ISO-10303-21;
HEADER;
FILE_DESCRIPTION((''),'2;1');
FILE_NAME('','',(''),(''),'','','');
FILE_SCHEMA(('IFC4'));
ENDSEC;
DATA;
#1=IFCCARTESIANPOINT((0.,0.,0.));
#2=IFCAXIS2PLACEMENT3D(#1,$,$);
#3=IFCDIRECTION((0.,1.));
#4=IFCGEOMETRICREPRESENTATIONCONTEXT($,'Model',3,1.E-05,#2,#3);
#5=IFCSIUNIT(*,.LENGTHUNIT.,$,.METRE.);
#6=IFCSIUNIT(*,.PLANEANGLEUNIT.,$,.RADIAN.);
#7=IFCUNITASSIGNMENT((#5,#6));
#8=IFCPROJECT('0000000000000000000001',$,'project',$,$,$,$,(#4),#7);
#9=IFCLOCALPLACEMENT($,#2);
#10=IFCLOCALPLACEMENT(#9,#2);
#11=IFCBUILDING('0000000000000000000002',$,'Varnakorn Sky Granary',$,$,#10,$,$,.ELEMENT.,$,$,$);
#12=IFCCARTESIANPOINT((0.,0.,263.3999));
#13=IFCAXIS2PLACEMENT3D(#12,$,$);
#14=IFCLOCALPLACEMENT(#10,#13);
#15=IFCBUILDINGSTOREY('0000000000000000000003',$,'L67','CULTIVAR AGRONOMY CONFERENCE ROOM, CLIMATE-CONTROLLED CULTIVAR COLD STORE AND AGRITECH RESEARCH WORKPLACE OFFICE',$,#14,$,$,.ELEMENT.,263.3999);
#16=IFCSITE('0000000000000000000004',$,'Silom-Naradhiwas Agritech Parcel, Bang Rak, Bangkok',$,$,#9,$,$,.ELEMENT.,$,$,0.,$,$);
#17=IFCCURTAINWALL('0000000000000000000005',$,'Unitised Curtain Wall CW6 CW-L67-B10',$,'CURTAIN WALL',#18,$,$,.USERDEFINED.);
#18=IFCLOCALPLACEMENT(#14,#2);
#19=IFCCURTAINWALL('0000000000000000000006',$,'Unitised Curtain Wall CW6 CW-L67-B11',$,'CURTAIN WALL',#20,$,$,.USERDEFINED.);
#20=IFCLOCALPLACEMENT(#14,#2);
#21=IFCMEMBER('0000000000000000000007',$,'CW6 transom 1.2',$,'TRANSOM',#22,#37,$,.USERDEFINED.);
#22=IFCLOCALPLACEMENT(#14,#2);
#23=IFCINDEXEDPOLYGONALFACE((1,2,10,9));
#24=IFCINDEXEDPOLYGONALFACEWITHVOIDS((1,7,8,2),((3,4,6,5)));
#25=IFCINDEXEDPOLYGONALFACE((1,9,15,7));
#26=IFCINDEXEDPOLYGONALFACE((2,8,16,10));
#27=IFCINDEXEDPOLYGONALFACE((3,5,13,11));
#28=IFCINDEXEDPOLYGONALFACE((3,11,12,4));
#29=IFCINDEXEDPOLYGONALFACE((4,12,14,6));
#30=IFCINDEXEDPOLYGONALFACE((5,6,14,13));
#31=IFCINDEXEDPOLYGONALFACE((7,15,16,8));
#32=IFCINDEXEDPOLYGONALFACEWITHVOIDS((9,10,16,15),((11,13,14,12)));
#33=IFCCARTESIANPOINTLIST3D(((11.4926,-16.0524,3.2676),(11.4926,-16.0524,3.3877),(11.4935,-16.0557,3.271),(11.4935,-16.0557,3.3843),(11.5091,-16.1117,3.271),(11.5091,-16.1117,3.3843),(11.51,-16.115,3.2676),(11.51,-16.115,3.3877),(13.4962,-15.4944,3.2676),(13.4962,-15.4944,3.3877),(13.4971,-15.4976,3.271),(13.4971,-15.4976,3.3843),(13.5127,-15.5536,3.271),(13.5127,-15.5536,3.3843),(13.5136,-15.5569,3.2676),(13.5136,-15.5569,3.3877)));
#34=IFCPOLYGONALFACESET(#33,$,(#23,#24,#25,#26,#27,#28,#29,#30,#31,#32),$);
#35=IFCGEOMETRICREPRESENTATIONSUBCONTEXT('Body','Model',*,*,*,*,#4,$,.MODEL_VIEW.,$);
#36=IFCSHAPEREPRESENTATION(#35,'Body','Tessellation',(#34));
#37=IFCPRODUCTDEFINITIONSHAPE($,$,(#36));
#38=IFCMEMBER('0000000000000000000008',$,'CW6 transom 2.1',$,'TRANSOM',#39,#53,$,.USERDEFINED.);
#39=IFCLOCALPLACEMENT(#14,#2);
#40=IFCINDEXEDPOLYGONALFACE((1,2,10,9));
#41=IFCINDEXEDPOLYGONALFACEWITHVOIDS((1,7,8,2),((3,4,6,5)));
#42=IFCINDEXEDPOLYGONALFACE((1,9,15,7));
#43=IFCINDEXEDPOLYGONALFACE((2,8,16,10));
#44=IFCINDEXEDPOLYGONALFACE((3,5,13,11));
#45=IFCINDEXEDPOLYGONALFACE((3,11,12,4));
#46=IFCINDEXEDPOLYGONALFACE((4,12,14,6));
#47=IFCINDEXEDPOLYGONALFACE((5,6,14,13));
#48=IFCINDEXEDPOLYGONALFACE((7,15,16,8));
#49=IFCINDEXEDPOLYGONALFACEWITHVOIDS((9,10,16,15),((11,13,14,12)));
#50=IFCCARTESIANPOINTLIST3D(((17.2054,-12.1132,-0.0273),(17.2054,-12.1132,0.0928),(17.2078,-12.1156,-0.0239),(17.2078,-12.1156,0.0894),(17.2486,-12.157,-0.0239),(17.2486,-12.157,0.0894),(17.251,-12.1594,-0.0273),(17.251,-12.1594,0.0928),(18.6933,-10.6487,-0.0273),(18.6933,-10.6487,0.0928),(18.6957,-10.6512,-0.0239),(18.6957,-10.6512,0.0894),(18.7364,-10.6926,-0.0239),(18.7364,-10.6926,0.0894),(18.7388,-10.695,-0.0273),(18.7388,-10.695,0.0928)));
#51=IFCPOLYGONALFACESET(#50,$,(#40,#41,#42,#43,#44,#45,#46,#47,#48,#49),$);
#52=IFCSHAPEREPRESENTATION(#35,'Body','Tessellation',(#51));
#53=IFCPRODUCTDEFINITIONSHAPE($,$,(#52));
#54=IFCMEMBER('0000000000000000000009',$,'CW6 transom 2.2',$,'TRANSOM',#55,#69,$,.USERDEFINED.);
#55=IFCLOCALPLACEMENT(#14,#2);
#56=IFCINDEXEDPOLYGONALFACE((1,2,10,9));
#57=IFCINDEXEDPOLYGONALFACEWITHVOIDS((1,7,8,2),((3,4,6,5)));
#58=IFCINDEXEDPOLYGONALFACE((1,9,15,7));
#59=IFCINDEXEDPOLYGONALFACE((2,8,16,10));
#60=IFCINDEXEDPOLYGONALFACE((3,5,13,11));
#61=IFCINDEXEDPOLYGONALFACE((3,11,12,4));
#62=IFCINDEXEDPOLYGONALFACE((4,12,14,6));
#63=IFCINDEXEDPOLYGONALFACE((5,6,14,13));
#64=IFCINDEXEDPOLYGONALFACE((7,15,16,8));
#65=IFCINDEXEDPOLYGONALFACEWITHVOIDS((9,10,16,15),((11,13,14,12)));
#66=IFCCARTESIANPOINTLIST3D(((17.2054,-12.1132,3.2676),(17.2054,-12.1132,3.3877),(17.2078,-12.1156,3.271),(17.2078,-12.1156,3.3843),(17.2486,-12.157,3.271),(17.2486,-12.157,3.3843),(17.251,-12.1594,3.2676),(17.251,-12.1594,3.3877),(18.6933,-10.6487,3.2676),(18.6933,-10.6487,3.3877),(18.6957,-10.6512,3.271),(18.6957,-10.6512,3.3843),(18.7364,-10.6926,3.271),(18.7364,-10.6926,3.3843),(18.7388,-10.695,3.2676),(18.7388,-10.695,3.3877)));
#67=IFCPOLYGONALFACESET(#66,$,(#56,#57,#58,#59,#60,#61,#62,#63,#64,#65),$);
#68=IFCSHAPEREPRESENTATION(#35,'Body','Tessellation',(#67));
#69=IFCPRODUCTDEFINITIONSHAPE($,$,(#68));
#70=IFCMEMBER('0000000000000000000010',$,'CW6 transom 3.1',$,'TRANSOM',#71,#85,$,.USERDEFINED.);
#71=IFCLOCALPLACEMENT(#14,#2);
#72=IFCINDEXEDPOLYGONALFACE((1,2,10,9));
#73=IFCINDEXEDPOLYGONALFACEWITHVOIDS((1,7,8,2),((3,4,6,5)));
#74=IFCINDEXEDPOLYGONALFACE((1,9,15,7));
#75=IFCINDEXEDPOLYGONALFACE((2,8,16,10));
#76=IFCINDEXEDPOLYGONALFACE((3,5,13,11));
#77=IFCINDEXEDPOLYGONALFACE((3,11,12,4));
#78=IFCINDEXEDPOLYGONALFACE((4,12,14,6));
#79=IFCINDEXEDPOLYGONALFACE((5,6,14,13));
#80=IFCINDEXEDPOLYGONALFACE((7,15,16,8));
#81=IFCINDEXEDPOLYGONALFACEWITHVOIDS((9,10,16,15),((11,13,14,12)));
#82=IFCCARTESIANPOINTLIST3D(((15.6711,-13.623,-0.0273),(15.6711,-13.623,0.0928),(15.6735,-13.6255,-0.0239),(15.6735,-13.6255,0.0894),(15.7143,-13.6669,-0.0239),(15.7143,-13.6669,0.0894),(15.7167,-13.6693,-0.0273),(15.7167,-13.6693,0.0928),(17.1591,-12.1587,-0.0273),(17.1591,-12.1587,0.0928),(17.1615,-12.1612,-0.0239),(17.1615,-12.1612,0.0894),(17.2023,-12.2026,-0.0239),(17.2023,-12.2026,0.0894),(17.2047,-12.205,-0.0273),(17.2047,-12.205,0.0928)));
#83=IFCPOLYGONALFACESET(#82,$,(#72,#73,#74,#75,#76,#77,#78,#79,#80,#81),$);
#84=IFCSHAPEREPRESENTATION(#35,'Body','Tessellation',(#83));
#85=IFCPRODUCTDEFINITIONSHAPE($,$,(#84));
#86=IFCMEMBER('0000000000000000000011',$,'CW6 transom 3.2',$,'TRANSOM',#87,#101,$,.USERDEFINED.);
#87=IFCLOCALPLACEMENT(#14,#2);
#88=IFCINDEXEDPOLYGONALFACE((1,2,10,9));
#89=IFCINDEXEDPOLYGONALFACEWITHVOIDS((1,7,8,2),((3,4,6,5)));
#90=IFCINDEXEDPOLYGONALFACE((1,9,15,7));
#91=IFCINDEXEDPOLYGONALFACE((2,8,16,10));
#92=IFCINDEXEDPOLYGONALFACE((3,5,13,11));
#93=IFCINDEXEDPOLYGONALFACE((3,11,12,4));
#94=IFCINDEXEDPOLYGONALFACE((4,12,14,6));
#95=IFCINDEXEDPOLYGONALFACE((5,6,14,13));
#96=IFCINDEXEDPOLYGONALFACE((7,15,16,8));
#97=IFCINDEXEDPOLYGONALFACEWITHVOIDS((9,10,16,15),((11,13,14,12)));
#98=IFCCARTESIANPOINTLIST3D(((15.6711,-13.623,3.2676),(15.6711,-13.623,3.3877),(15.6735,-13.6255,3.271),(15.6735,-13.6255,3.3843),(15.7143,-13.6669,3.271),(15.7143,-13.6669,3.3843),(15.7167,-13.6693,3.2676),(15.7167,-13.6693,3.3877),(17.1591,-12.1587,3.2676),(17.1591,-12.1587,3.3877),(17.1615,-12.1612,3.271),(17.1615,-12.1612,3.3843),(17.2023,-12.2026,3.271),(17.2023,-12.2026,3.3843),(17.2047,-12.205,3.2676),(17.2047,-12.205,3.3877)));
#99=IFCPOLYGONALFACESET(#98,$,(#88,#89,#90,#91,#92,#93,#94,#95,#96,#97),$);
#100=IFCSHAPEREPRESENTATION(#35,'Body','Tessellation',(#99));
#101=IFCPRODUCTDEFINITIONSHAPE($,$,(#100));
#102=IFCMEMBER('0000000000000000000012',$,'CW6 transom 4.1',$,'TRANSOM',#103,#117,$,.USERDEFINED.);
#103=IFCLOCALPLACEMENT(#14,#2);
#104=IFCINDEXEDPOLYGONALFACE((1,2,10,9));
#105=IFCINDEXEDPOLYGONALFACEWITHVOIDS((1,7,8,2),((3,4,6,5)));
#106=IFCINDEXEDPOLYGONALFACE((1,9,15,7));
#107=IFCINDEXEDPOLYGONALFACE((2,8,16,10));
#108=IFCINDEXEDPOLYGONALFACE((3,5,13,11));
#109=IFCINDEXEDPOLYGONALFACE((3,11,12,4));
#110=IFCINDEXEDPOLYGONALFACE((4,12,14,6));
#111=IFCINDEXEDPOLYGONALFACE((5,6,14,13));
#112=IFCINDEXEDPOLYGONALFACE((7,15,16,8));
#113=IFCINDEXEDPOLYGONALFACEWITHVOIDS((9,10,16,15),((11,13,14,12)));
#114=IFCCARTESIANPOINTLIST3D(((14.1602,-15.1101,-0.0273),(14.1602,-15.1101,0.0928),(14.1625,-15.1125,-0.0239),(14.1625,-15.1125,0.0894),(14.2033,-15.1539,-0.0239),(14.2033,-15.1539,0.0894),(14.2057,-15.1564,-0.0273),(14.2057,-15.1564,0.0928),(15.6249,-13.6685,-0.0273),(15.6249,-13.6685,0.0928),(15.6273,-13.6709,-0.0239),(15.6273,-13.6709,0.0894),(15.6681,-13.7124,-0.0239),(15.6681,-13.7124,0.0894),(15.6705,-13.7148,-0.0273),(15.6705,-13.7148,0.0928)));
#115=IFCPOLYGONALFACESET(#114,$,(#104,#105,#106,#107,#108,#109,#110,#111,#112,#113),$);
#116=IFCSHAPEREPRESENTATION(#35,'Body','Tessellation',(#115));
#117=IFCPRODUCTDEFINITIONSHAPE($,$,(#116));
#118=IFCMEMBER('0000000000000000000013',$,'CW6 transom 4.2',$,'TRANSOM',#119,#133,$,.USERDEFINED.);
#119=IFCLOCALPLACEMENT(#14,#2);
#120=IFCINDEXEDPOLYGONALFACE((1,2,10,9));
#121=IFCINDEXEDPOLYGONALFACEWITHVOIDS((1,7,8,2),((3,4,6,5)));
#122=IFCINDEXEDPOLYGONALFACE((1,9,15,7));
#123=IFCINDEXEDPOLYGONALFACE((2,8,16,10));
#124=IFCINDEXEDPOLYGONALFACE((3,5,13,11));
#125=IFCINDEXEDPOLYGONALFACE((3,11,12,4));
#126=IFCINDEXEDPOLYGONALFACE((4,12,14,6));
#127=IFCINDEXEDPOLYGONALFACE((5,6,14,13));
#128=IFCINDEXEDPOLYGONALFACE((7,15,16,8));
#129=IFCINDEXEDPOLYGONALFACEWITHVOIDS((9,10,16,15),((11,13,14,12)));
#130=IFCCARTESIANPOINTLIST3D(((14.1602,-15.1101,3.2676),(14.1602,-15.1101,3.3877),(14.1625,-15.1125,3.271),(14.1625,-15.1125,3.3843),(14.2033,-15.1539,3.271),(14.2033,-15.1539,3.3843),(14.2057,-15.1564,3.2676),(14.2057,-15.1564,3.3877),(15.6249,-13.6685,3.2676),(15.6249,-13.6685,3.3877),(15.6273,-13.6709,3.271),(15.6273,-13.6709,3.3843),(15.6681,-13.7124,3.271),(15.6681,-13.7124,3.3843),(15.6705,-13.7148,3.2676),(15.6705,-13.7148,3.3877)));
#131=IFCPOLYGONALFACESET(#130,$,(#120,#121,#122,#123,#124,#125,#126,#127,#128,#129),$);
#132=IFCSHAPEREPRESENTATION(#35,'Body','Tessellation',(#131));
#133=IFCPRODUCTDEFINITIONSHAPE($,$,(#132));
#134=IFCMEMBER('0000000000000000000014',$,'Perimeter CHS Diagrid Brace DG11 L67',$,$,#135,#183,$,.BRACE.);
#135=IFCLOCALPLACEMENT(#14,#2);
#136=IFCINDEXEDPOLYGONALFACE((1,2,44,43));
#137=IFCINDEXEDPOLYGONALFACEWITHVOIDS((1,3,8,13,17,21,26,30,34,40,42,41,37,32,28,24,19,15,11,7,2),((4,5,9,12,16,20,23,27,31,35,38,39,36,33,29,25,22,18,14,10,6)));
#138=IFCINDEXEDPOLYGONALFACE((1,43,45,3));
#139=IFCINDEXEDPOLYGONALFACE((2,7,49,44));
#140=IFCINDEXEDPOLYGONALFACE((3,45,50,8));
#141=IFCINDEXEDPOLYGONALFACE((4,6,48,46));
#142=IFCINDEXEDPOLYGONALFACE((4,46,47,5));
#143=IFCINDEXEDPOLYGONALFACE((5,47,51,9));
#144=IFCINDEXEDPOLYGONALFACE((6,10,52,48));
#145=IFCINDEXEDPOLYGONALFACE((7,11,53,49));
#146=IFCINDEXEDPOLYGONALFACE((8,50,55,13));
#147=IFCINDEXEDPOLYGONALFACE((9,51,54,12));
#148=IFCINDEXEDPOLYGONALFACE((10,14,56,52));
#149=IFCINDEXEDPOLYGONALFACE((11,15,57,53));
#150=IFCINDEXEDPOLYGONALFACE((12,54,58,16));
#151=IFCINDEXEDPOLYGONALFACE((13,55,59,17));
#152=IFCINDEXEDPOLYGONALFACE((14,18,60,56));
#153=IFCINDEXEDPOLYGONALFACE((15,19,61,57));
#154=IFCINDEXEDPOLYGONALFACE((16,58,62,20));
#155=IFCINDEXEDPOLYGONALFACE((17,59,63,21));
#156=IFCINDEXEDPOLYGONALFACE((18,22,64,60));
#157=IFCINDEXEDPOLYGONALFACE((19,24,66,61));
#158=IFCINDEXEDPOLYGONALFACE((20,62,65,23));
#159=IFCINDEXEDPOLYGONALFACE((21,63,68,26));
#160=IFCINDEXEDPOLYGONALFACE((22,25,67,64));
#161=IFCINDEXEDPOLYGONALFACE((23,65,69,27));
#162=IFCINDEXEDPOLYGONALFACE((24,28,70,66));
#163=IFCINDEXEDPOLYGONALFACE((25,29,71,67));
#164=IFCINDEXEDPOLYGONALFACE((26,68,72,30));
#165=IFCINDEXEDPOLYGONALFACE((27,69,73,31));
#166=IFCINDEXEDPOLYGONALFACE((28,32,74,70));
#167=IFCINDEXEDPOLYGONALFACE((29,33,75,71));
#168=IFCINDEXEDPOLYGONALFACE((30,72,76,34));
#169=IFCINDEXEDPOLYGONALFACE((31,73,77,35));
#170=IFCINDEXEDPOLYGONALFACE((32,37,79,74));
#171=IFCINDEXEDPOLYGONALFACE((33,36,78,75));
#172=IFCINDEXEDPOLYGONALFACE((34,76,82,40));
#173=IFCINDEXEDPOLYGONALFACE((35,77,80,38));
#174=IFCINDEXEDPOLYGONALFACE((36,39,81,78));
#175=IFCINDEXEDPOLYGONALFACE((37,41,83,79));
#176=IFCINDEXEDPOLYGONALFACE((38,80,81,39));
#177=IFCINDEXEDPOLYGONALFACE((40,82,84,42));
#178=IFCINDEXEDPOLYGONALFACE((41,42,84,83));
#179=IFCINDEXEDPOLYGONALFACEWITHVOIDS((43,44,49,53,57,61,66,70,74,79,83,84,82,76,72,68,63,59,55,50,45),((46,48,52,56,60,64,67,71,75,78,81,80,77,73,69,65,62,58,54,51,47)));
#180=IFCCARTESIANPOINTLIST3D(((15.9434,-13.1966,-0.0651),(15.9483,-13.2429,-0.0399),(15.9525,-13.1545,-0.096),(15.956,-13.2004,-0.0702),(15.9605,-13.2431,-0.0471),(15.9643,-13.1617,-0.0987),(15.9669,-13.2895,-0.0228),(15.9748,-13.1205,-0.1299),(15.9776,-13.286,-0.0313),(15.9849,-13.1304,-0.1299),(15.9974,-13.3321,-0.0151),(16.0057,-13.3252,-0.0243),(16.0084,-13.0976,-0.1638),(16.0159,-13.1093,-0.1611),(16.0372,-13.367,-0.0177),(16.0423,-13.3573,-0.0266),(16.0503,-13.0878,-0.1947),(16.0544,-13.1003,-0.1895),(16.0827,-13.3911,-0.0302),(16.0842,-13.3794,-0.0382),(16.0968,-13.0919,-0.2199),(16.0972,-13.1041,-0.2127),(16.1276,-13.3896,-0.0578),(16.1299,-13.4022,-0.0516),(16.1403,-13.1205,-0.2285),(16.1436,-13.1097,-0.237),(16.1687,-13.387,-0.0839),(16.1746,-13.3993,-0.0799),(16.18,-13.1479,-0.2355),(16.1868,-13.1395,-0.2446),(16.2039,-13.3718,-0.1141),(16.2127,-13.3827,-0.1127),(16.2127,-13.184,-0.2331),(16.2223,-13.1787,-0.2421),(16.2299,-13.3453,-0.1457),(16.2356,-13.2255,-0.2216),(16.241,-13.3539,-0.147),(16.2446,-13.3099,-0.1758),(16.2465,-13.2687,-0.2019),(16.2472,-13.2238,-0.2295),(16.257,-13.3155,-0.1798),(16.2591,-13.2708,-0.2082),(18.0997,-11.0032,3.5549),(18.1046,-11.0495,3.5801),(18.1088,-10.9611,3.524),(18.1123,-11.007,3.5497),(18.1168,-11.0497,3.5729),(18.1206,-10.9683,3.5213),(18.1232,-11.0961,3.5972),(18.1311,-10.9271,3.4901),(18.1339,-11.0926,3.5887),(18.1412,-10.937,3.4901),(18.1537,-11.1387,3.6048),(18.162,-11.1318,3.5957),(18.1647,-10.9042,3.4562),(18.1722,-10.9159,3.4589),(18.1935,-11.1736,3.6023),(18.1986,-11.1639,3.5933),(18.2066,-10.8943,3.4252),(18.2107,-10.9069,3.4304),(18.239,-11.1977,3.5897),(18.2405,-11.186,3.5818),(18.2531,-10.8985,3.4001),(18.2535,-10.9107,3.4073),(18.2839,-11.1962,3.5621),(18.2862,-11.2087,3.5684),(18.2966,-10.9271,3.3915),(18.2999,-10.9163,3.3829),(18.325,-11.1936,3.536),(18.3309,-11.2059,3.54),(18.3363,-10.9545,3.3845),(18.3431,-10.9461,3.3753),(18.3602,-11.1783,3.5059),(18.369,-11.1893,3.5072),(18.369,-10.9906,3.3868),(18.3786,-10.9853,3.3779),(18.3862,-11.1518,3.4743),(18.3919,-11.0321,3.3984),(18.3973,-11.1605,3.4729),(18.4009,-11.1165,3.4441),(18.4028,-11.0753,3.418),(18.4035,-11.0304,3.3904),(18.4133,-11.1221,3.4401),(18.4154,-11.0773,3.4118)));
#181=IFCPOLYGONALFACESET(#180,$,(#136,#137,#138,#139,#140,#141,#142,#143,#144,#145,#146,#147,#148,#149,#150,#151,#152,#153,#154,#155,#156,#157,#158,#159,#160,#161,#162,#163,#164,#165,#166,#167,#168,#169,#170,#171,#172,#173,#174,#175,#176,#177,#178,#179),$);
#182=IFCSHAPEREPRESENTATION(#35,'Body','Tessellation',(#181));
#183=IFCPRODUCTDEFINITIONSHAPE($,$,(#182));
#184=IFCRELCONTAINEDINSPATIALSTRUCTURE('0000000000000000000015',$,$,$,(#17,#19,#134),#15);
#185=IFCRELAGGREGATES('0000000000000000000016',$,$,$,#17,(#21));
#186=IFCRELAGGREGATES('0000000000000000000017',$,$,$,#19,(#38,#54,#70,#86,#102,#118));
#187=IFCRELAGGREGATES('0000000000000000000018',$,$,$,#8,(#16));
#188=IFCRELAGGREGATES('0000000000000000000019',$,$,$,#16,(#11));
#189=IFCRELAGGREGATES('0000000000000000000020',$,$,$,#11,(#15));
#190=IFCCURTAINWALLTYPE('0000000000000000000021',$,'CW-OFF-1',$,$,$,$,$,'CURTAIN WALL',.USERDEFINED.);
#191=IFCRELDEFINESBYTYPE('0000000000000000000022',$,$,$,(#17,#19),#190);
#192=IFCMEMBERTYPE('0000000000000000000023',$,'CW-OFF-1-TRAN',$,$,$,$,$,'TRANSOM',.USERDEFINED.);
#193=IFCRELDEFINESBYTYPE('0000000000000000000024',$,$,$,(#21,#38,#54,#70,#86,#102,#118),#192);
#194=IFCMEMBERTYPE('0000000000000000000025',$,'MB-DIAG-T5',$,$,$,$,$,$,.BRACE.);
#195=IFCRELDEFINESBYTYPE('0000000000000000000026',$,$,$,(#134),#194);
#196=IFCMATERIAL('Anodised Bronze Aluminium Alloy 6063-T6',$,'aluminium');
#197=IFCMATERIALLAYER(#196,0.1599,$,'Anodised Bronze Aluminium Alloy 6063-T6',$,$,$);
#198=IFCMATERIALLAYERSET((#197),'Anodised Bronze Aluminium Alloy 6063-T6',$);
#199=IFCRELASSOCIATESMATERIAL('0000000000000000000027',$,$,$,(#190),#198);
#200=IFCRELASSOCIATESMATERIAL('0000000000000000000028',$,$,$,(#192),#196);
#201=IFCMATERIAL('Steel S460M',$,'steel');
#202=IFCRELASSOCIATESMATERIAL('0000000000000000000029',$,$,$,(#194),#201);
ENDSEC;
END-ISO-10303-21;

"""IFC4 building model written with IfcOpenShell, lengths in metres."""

from ifc_helpers import new_model, si_unit, direction, frame, origin, origin_2d, place, context, subcontext, project, spatial, hollow_rectangle, hollow_circle, extrude, material, layer, layer_set, material_profile, profile_set, type_object, element, aggregate, save


model = new_model("IFC4")

# Units and contexts
model_context = context("Model", 3, precision=1e-05, world=origin(), true_north=direction((0.0, 1.0)))
body_context = subcontext(model_context, "Body", "Model", "MODEL_VIEW")
ifc_project = project(units=[si_unit("LENGTHUNIT", "METRE"), si_unit("PLANEANGLEUNIT", "RADIAN")], contexts=[model_context])

# Site, building, storey
site_placement = place(None, origin())
site = spatial("IfcSite", under=ifc_project, at=site_placement, Name="Silom-Naradhiwas Agritech Parcel, Bang Rak, Bangkok", CompositionType="ELEMENT", RefElevation=0.0)
building_placement = place(site_placement, origin())
building = spatial("IfcBuilding", under=site, at=building_placement, Name="Varnakorn Sky Granary", CompositionType="ELEMENT")
storey_placement = place(building_placement, frame((0.0, 0.0, 263.3999)))
storey = spatial("IfcBuildingStorey", under=building, at=storey_placement, Name="L67", Description="CULTIVAR AGRONOMY CONFERENCE ROOM, CLIMATE-CONTROLLED CULTIVAR COLD STORE AND AGRITECH RESEARCH WORKPLACE OFFICE", CompositionType="ELEMENT", Elevation=263.3999)

# Shared definitions
ifc_material_1 = material(Name="Steel S460M", Category="steel")

# Curtain wall
ifc_material_2 = material(Name="Anodised Bronze Aluminium Alloy 6063-T6", Category="aluminium")
ifc_layer_1 = layer(ifc_material_2, 0.1599, Name="Anodised Bronze Aluminium Alloy 6063-T6")
ifc_layer_set_1 = layer_set([ifc_layer_1], Name="Anodised Bronze Aluminium Alloy 6063-T6")
curtain_wall_type = type_object("IfcCurtainWallType", Name="CW-OFF-1", ElementType="CURTAIN WALL", PredefinedType="USERDEFINED", material=ifc_layer_set_1)
curtain_wall_1_placement = place(storey_placement, origin())
curtain_wall_1 = element("IfcCurtainWall", 1, at=curtain_wall_1_placement, inside=storey, type_object=curtain_wall_type, Name="Unitised Curtain Wall CW6 CW-L67-B10", ObjectType="CURTAIN WALL", PredefinedType="USERDEFINED")

# Curtain wall
curtain_wall_2_placement = place(storey_placement, origin())
curtain_wall_2 = element("IfcCurtainWall", 2, at=curtain_wall_2_placement, inside=storey, type_object=curtain_wall_type, Name="Unitised Curtain Wall CW6 CW-L67-B11", ObjectType="CURTAIN WALL", PredefinedType="USERDEFINED")

# Members
ifc_material_profile_1 = material_profile(ifc_material_2, hollow_rectangle(XDim=0.0649, YDim=0.1201, WallThickness=0.0034, at=origin_2d()), Name="ALU TRAN 65x120")
ifc_profile_set_1 = profile_set([ifc_material_profile_1], Name="Anodised Bronze Aluminium Alloy 6063-T6")
member_type_1 = type_object("IfcMemberType", Name="CW-OFF-1-TRAN", ElementType="TRANSOM", PredefinedType="USERDEFINED", material=ifc_profile_set_1)
member_1_placement = place(storey_placement, frame((13.5049, -15.5256, 3.3276), z_axis=(-0.963328, -0.268328, 0.0), x_axis=(0.268328, -0.963328, 0.0)))
member_1 = element("IfcMember", 3, at=member_1_placement, type_object=member_type_1, Name="CW6 transom 1.2", ObjectType="TRANSOM", PredefinedType="USERDEFINED", context=body_context, shape_type="SweptSolid", body=[
    extrude(hollow_rectangle(XDim=0.0649, YDim=0.1201, WallThickness=0.0034, at=origin_2d()), origin(), (0.0, 0.0, 1.0), 2.0798),
])
aggregate(curtain_wall_1, [member_1])
member_2_placement = place(storey_placement, frame((18.7161, -10.6719, 0.0327), z_axis=(-0.712698, -0.701471, 0.0), x_axis=(0.701471, -0.712698, 0.0)))
member_2 = element("IfcMember", 4, at=member_2_placement, type_object=member_type_1, Name="CW6 transom 2.1", ObjectType="TRANSOM", PredefinedType="USERDEFINED", context=body_context, shape_type="SweptSolid", body=[
    extrude(hollow_rectangle(XDim=0.0649, YDim=0.1201, WallThickness=0.0034, at=origin_2d()), origin(), (0.0, 0.0, 1.0), 2.0876),
])
member_3_placement = place(storey_placement, frame((18.7161, -10.6719, 3.3276), z_axis=(-0.712698, -0.701471, 0.0), x_axis=(0.701471, -0.712698, 0.0)))
member_3 = element("IfcMember", 5, at=member_3_placement, type_object=member_type_1, Name="CW6 transom 2.2", ObjectType="TRANSOM", PredefinedType="USERDEFINED", context=body_context, shape_type="SweptSolid", body=[
    extrude(hollow_rectangle(XDim=0.0649, YDim=0.1201, WallThickness=0.0034, at=origin_2d()), origin(), (0.0, 0.0, 1.0), 2.0876),
])
member_4_placement = place(storey_placement, frame((17.1819, -12.1819, 0.0327), z_axis=(-0.712756, -0.701412, 0.0), x_axis=(0.701412, -0.712756, 0.0)))
member_4 = element("IfcMember", 6, at=member_4_placement, type_object=member_type_1, Name="CW6 transom 3.1", ObjectType="TRANSOM", PredefinedType="USERDEFINED", context=body_context, shape_type="SweptSolid", body=[
    extrude(hollow_rectangle(XDim=0.0649, YDim=0.1201, WallThickness=0.0034, at=origin_2d()), origin(), (0.0, 0.0, 1.0), 2.0876),
])
member_5_placement = place(storey_placement, frame((17.1819, -12.1819, 3.3276), z_axis=(-0.712756, -0.701412, 0.0), x_axis=(0.701412, -0.712756, 0.0)))
member_5 = element("IfcMember", 7, at=member_5_placement, type_object=member_type_1, Name="CW6 transom 3.2", ObjectType="TRANSOM", PredefinedType="USERDEFINED", context=body_context, shape_type="SweptSolid", body=[
    extrude(hollow_rectangle(XDim=0.0649, YDim=0.1201, WallThickness=0.0034, at=origin_2d()), origin(), (0.0, 0.0, 1.0), 2.0876),
])
member_6_placement = place(storey_placement, frame((15.6477, -13.6917, 0.0327), z_axis=(-0.712727, -0.701442, 0.0), x_axis=(0.701442, -0.712727, 0.0)))
member_6 = element("IfcMember", 8, at=member_6_placement, type_object=member_type_1, Name="CW6 transom 4.1", ObjectType="TRANSOM", PredefinedType="USERDEFINED", context=body_context, shape_type="SweptSolid", body=[
    extrude(hollow_rectangle(XDim=0.0649, YDim=0.1201, WallThickness=0.0034, at=origin_2d()), origin(), (0.0, 0.0, 1.0), 2.0552),
])
member_7_placement = place(storey_placement, frame((15.6477, -13.6917, 3.3276), z_axis=(-0.712727, -0.701442, 0.0), x_axis=(0.701442, -0.712727, 0.0)))
member_7 = element("IfcMember", 9, at=member_7_placement, type_object=member_type_1, Name="CW6 transom 4.2", ObjectType="TRANSOM", PredefinedType="USERDEFINED", context=body_context, shape_type="SweptSolid", body=[
    extrude(hollow_rectangle(XDim=0.0649, YDim=0.1201, WallThickness=0.0034, at=origin_2d()), origin(), (0.0, 0.0, 1.0), 2.0552),
])
ifc_material_profile_2 = material_profile(ifc_material_1, hollow_circle(Radius=0.1777, WallThickness=0.0142, at=origin_2d()), Name="CHS 355.6x14")
ifc_profile_set_2 = profile_set([ifc_material_profile_2], Name="Steel S460M")
member_type_2 = type_object("IfcMemberType", Name="MB-DIAG-T5", PredefinedType="BRACE", material=ifc_profile_set_2)
member_8_placement = place(storey_placement, frame((16.1016, -13.2451, -0.1299), z_axis=(0.453935, 0.461747, 0.762058), x_axis=(-0.713114, 0.701048, 0.0)))
element("IfcMember", 10, at=member_8_placement, inside=storey, type_object=member_type_2, Name="Perimeter CHS Diagrid Brace DG11 L67", PredefinedType="BRACE", context=body_context, shape_type="SweptSolid", body=[
    extrude(hollow_circle(Radius=0.1777, WallThickness=0.0142, at=origin_2d()), origin(), (0.0, 0.0, 1.0), 4.7502),
])

aggregate(curtain_wall_2, [member_2, member_3, member_4, member_5, member_6, member_7])

save(model, "model.ifc")
